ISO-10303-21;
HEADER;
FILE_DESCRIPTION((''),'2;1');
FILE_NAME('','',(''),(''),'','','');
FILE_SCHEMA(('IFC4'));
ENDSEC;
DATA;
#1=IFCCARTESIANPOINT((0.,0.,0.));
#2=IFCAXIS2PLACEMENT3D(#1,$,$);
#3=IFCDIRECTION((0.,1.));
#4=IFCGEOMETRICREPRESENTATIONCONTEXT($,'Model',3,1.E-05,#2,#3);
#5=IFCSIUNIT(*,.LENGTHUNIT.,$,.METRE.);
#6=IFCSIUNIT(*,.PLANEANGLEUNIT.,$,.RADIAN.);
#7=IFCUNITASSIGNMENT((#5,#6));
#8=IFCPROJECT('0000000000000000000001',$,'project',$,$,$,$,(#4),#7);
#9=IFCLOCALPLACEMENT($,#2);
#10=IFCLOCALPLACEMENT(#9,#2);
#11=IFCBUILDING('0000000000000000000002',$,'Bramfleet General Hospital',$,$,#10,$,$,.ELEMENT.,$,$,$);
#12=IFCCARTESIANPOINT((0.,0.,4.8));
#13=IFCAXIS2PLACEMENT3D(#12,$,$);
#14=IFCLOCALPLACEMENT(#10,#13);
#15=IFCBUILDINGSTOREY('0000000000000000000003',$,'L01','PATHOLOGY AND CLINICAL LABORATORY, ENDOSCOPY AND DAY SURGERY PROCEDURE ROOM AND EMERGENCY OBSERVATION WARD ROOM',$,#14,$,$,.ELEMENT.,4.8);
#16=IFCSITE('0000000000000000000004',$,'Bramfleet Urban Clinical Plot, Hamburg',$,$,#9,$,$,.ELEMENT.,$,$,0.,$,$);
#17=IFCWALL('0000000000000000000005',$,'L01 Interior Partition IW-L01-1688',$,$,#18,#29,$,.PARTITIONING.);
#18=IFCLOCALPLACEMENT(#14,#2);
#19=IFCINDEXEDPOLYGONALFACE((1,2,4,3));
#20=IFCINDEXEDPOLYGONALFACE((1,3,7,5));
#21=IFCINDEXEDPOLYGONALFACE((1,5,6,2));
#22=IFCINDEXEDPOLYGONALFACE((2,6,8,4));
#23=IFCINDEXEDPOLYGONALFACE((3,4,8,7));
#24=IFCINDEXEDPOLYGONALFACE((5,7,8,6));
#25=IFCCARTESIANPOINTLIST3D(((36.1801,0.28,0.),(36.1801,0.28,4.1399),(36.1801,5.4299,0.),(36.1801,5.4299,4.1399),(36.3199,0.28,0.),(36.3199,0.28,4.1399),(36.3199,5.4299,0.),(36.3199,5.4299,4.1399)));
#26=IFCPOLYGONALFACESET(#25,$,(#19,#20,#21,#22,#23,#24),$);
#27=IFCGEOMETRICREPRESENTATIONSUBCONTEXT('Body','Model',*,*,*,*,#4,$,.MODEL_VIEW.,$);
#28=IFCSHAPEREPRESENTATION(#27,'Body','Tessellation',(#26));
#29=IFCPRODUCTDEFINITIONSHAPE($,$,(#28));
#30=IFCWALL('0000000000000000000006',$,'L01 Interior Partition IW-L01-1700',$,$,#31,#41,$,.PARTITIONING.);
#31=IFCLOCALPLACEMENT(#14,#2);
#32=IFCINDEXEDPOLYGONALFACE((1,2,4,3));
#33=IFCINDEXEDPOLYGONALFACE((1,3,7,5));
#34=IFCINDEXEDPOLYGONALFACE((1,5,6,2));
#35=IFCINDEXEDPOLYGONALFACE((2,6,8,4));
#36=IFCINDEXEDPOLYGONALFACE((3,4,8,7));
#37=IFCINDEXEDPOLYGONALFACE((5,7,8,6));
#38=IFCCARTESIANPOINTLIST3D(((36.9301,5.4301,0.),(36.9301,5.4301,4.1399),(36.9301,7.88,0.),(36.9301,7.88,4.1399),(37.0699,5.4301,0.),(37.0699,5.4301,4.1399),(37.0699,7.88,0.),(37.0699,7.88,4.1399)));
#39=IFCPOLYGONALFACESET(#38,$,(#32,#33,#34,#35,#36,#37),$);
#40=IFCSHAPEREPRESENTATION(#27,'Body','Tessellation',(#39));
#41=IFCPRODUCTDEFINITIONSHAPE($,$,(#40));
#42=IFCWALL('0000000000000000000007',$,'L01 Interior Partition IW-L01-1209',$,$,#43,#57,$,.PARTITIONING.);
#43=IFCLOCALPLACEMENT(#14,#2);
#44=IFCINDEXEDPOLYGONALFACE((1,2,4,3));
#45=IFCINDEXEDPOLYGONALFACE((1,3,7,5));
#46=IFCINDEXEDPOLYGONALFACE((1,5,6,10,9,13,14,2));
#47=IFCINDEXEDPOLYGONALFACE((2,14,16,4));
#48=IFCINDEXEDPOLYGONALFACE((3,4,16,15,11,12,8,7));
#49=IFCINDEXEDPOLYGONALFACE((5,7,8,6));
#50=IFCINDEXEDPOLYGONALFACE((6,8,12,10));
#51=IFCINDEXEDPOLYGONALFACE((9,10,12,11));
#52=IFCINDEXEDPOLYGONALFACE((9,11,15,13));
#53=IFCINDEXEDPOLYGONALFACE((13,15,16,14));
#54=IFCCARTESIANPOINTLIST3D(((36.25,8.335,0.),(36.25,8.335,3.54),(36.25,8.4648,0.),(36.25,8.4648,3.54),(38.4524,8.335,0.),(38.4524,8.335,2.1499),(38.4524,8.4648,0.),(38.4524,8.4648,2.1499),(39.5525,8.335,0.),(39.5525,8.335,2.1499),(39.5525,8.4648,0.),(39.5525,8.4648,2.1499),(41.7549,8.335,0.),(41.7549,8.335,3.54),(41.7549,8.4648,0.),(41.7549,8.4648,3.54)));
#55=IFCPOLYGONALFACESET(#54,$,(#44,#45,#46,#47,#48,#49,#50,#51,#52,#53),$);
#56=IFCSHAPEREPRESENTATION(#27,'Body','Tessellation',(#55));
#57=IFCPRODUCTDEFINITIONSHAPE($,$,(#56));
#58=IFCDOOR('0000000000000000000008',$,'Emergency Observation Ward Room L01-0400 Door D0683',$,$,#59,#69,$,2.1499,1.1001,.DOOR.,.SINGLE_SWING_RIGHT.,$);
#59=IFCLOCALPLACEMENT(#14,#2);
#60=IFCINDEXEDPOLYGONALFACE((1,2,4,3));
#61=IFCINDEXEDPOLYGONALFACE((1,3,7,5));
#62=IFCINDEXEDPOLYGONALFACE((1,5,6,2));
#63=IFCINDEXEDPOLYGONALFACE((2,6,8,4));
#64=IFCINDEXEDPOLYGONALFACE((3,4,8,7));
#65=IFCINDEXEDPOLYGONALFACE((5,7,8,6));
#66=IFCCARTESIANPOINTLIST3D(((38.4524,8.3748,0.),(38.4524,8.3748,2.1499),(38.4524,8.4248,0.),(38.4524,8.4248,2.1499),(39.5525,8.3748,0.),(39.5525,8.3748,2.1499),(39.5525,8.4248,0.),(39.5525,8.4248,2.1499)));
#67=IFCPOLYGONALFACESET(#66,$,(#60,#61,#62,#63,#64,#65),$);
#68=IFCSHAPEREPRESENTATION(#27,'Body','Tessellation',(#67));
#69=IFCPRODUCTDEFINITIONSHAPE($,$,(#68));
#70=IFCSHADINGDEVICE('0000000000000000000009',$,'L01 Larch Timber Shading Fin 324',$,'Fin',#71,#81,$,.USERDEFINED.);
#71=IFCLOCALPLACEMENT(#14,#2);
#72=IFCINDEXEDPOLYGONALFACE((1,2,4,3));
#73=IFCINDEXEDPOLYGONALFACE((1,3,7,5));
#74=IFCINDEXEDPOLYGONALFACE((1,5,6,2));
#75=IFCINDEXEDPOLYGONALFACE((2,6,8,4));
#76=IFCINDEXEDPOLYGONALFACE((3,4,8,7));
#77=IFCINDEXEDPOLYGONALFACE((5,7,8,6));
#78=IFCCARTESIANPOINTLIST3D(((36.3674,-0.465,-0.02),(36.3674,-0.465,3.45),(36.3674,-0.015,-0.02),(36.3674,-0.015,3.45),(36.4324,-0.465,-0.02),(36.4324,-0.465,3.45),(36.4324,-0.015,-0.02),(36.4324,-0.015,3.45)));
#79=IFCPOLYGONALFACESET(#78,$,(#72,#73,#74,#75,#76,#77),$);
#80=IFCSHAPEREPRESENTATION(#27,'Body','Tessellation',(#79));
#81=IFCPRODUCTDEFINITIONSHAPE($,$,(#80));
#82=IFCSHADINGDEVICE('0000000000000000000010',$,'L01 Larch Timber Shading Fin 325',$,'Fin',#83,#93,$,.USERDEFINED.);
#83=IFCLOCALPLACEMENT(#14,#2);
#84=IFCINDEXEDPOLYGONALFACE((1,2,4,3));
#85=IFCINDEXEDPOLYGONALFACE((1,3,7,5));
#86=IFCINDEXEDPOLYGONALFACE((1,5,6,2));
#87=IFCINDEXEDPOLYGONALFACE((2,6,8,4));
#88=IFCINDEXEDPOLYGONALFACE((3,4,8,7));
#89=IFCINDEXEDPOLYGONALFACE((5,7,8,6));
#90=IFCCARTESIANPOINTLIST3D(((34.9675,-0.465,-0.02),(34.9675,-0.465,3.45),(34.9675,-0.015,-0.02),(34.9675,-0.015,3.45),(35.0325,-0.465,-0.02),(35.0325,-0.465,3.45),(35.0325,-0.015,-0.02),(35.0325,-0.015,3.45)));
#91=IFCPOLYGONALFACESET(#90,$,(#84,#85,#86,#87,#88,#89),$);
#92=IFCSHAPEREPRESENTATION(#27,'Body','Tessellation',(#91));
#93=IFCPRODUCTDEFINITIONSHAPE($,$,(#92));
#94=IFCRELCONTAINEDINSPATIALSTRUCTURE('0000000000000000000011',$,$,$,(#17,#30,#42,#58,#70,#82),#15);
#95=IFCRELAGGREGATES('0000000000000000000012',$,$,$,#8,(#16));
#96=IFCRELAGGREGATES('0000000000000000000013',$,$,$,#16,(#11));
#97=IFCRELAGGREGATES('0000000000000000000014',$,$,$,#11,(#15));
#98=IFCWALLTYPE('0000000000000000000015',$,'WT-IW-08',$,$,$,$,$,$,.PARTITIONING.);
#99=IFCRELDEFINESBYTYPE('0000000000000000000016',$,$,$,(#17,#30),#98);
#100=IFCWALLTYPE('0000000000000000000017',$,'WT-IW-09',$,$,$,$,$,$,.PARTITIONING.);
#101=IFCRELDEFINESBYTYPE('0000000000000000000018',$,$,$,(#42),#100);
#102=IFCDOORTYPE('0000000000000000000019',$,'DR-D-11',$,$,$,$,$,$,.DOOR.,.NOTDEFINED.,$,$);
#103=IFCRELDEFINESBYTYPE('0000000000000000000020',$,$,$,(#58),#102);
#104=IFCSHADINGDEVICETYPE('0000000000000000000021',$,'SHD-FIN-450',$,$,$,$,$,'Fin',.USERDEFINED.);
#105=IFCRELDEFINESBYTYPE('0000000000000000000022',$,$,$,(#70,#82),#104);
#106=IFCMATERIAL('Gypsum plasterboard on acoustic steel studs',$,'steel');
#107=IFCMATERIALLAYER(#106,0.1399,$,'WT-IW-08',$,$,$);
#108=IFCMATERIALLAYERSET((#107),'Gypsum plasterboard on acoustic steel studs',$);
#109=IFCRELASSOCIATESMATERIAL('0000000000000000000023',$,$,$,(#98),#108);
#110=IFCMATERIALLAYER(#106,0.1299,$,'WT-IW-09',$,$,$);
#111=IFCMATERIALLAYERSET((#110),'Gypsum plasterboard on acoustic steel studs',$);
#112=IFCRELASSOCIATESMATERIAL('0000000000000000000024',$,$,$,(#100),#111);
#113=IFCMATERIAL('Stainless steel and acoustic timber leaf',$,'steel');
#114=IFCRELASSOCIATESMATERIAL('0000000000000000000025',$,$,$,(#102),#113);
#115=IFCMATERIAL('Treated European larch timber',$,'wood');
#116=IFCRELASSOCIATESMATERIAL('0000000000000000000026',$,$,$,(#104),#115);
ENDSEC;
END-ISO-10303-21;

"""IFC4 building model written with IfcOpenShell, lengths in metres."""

from ifc_helpers import new_model, si_unit, direction, frame, frame_2d, origin, origin_2d, place, context, subcontext, project, spatial, rectangle, extrude, material, layer, layer_set, material_profile, profile_set, type_object, element, fill, save


model = new_model("IFC4")

# Units and contexts
model_context = context("Model", 3, precision=1e-05, world=origin(), true_north=direction((0.0, 1.0)))
body_context = subcontext(model_context, "Body", "Model", "MODEL_VIEW")
ifc_project = project(units=[si_unit("LENGTHUNIT", "METRE"), si_unit("PLANEANGLEUNIT", "RADIAN")], contexts=[model_context])

# Site, building, storey
site_placement = place(None, origin())
site = spatial("IfcSite", under=ifc_project, at=site_placement, Name="Bramfleet Urban Clinical Plot, Hamburg", CompositionType="ELEMENT", RefElevation=0.0)
building_placement = place(site_placement, origin())
building = spatial("IfcBuilding", under=site, at=building_placement, Name="Bramfleet General Hospital", CompositionType="ELEMENT")
storey_placement = place(building_placement, frame((0.0, 0.0, 4.8)))
storey = spatial("IfcBuildingStorey", under=building, at=storey_placement, Name="L01", Description="PATHOLOGY AND CLINICAL LABORATORY, ENDOSCOPY AND DAY SURGERY PROCEDURE ROOM AND EMERGENCY OBSERVATION WARD ROOM", CompositionType="ELEMENT", Elevation=4.8)

# Walls
ifc_material_1 = material(Name="Gypsum plasterboard on acoustic steel studs", Category="steel")
ifc_layer_1 = layer(ifc_material_1, 0.1399, Name="WT-IW-08")
ifc_layer_set_1 = layer_set([ifc_layer_1], Name="Gypsum plasterboard on acoustic steel studs")
wall_type_1 = type_object("IfcWallType", Name="WT-IW-08", PredefinedType="PARTITIONING", material=ifc_layer_set_1)
wall_1_placement = place(storey_placement, frame((36.25, 0.28, 0.0), z_axis=(0.0, 0.0, 1.0), x_axis=(0.0, 1.0, 0.0)))
element("IfcWall", 1, at=wall_1_placement, inside=storey, type_object=wall_type_1, Name="L01 Interior Partition IW-L01-1688", PredefinedType="PARTITIONING", context=body_context, shape_type="SweptSolid", body=[
    extrude(rectangle(XDim=5.1499, YDim=0.1399, at=frame_2d((2.575, 0.0))), origin(), (0.0, 0.0, 1.0), 4.1399),
])
wall_2_placement = place(storey_placement, frame((37.0, 5.4299, 0.0), z_axis=(0.0, 0.0, 1.0), x_axis=(0.0, 1.0, 0.0)))
element("IfcWall", 2, at=wall_2_placement, inside=storey, type_object=wall_type_1, Name="L01 Interior Partition IW-L01-1700", PredefinedType="PARTITIONING", context=body_context, shape_type="SweptSolid", body=[
    extrude(rectangle(XDim=2.45, YDim=0.1399, at=frame_2d((1.2251, 0.0))), origin(), (0.0, 0.0, 1.0), 4.1399),
])

# Wall, opening, door
ifc_layer_2 = layer(ifc_material_1, 0.1299, Name="WT-IW-09")
ifc_layer_set_2 = layer_set([ifc_layer_2], Name="Gypsum plasterboard on acoustic steel studs")
wall_type_2 = type_object("IfcWallType", Name="WT-IW-09", PredefinedType="PARTITIONING", material=ifc_layer_set_2)
wall_3_placement = place(storey_placement, frame((36.25, 8.3999, 0.0), z_axis=(0.0, 0.0, 1.0), x_axis=(1.0, 0.0, 0.0)))
wall_3 = element("IfcWall", 3, at=wall_3_placement, inside=storey, type_object=wall_type_2, Name="L01 Interior Partition IW-L01-1209", PredefinedType="PARTITIONING", context=body_context, shape_type="SweptSolid", body=[
    extrude(rectangle(XDim=5.5049, YDim=0.1299, at=frame_2d((2.7524, 0.0))), origin(), (0.0, 0.0, 1.0), 3.54),
])
opening_placement = place(wall_3_placement, frame((2.2024, 0.0, 0.0)))
opening = element("IfcOpeningElement", 4, at=opening_placement, cuts=wall_3, PredefinedType="OPENING", context=body_context, shape_type="SweptSolid", body=[
    extrude(rectangle(XDim=1.1001, YDim=2.1499, at=frame_2d((0.55, 1.075))), frame((0.0, 0.075, 0.0), z_axis=(0.0, -1.0, 0.0), x_axis=(1.0, 0.0, 0.0)), (0.0, 0.0, 1.0), 0.1499),
])
ifc_material_2 = material(Name="Stainless steel and acoustic timber leaf", Category="steel")
door_type = type_object("IfcDoorType", Name="DR-D-11", OperationType="NOTDEFINED", PredefinedType="DOOR", material=ifc_material_2)
door_placement = place(opening_placement, origin())
door = element("IfcDoor", 5, at=door_placement, inside=storey, type_object=door_type, Name="Emergency Observation Ward Room L01-0400 Door D0683", OperationType="SINGLE_SWING_RIGHT", OverallHeight=2.1499, OverallWidth=1.1001, PredefinedType="DOOR", context=body_context, shape_type="SweptSolid", body=[
    extrude(rectangle(XDim=1.1001, YDim=2.1499, at=frame_2d((0.55, 1.075))), frame((0.0, 0.0249, 0.0), z_axis=(0.0, -1.0, 0.0), x_axis=(1.0, 0.0, 0.0)), (0.0, 0.0, 1.0), 0.05),
])
fill(opening, door)

# Shading devices
ifc_material_3 = material(Name="Treated European larch timber", Category="wood")
ifc_material_profile_1 = material_profile(ifc_material_3, rectangle(XDim=0.0649, YDim=0.45, at=origin_2d()), Name="LARCH FIN 450x65")
ifc_profile_set_1 = profile_set([ifc_material_profile_1], Name="Treated European larch timber")
shading_device_type = type_object("IfcShadingDeviceType", Name="SHD-FIN-450", ElementType="Fin", PredefinedType="USERDEFINED", material=ifc_profile_set_1)
for number, where, z_axis, x_axis, name in (
    (6, (36.3999, -0.24, -0.02), (0.0, 0.0, 1.0), (-1.0, 0.0, 0.0), "L01 Larch Timber Shading Fin 324"),
    (7, (35.0, -0.24, -0.02), (0.0, 0.0, 1.0), (-1.0, 0.0, 0.0), "L01 Larch Timber Shading Fin 325"),
):
    element("IfcShadingDevice", number, at=place(storey_placement, frame(where, z_axis=z_axis, x_axis=x_axis)), inside=storey, type_object=shading_device_type, Name=name, ObjectType="Fin", PredefinedType="USERDEFINED", context=body_context, shape_type="SweptSolid", body=[
        extrude(rectangle(XDim=0.0649, YDim=0.45, at=origin_2d()), origin(), (0.0, 0.0, 1.0), 3.47),
    ])

save(model, "model.ifc")
